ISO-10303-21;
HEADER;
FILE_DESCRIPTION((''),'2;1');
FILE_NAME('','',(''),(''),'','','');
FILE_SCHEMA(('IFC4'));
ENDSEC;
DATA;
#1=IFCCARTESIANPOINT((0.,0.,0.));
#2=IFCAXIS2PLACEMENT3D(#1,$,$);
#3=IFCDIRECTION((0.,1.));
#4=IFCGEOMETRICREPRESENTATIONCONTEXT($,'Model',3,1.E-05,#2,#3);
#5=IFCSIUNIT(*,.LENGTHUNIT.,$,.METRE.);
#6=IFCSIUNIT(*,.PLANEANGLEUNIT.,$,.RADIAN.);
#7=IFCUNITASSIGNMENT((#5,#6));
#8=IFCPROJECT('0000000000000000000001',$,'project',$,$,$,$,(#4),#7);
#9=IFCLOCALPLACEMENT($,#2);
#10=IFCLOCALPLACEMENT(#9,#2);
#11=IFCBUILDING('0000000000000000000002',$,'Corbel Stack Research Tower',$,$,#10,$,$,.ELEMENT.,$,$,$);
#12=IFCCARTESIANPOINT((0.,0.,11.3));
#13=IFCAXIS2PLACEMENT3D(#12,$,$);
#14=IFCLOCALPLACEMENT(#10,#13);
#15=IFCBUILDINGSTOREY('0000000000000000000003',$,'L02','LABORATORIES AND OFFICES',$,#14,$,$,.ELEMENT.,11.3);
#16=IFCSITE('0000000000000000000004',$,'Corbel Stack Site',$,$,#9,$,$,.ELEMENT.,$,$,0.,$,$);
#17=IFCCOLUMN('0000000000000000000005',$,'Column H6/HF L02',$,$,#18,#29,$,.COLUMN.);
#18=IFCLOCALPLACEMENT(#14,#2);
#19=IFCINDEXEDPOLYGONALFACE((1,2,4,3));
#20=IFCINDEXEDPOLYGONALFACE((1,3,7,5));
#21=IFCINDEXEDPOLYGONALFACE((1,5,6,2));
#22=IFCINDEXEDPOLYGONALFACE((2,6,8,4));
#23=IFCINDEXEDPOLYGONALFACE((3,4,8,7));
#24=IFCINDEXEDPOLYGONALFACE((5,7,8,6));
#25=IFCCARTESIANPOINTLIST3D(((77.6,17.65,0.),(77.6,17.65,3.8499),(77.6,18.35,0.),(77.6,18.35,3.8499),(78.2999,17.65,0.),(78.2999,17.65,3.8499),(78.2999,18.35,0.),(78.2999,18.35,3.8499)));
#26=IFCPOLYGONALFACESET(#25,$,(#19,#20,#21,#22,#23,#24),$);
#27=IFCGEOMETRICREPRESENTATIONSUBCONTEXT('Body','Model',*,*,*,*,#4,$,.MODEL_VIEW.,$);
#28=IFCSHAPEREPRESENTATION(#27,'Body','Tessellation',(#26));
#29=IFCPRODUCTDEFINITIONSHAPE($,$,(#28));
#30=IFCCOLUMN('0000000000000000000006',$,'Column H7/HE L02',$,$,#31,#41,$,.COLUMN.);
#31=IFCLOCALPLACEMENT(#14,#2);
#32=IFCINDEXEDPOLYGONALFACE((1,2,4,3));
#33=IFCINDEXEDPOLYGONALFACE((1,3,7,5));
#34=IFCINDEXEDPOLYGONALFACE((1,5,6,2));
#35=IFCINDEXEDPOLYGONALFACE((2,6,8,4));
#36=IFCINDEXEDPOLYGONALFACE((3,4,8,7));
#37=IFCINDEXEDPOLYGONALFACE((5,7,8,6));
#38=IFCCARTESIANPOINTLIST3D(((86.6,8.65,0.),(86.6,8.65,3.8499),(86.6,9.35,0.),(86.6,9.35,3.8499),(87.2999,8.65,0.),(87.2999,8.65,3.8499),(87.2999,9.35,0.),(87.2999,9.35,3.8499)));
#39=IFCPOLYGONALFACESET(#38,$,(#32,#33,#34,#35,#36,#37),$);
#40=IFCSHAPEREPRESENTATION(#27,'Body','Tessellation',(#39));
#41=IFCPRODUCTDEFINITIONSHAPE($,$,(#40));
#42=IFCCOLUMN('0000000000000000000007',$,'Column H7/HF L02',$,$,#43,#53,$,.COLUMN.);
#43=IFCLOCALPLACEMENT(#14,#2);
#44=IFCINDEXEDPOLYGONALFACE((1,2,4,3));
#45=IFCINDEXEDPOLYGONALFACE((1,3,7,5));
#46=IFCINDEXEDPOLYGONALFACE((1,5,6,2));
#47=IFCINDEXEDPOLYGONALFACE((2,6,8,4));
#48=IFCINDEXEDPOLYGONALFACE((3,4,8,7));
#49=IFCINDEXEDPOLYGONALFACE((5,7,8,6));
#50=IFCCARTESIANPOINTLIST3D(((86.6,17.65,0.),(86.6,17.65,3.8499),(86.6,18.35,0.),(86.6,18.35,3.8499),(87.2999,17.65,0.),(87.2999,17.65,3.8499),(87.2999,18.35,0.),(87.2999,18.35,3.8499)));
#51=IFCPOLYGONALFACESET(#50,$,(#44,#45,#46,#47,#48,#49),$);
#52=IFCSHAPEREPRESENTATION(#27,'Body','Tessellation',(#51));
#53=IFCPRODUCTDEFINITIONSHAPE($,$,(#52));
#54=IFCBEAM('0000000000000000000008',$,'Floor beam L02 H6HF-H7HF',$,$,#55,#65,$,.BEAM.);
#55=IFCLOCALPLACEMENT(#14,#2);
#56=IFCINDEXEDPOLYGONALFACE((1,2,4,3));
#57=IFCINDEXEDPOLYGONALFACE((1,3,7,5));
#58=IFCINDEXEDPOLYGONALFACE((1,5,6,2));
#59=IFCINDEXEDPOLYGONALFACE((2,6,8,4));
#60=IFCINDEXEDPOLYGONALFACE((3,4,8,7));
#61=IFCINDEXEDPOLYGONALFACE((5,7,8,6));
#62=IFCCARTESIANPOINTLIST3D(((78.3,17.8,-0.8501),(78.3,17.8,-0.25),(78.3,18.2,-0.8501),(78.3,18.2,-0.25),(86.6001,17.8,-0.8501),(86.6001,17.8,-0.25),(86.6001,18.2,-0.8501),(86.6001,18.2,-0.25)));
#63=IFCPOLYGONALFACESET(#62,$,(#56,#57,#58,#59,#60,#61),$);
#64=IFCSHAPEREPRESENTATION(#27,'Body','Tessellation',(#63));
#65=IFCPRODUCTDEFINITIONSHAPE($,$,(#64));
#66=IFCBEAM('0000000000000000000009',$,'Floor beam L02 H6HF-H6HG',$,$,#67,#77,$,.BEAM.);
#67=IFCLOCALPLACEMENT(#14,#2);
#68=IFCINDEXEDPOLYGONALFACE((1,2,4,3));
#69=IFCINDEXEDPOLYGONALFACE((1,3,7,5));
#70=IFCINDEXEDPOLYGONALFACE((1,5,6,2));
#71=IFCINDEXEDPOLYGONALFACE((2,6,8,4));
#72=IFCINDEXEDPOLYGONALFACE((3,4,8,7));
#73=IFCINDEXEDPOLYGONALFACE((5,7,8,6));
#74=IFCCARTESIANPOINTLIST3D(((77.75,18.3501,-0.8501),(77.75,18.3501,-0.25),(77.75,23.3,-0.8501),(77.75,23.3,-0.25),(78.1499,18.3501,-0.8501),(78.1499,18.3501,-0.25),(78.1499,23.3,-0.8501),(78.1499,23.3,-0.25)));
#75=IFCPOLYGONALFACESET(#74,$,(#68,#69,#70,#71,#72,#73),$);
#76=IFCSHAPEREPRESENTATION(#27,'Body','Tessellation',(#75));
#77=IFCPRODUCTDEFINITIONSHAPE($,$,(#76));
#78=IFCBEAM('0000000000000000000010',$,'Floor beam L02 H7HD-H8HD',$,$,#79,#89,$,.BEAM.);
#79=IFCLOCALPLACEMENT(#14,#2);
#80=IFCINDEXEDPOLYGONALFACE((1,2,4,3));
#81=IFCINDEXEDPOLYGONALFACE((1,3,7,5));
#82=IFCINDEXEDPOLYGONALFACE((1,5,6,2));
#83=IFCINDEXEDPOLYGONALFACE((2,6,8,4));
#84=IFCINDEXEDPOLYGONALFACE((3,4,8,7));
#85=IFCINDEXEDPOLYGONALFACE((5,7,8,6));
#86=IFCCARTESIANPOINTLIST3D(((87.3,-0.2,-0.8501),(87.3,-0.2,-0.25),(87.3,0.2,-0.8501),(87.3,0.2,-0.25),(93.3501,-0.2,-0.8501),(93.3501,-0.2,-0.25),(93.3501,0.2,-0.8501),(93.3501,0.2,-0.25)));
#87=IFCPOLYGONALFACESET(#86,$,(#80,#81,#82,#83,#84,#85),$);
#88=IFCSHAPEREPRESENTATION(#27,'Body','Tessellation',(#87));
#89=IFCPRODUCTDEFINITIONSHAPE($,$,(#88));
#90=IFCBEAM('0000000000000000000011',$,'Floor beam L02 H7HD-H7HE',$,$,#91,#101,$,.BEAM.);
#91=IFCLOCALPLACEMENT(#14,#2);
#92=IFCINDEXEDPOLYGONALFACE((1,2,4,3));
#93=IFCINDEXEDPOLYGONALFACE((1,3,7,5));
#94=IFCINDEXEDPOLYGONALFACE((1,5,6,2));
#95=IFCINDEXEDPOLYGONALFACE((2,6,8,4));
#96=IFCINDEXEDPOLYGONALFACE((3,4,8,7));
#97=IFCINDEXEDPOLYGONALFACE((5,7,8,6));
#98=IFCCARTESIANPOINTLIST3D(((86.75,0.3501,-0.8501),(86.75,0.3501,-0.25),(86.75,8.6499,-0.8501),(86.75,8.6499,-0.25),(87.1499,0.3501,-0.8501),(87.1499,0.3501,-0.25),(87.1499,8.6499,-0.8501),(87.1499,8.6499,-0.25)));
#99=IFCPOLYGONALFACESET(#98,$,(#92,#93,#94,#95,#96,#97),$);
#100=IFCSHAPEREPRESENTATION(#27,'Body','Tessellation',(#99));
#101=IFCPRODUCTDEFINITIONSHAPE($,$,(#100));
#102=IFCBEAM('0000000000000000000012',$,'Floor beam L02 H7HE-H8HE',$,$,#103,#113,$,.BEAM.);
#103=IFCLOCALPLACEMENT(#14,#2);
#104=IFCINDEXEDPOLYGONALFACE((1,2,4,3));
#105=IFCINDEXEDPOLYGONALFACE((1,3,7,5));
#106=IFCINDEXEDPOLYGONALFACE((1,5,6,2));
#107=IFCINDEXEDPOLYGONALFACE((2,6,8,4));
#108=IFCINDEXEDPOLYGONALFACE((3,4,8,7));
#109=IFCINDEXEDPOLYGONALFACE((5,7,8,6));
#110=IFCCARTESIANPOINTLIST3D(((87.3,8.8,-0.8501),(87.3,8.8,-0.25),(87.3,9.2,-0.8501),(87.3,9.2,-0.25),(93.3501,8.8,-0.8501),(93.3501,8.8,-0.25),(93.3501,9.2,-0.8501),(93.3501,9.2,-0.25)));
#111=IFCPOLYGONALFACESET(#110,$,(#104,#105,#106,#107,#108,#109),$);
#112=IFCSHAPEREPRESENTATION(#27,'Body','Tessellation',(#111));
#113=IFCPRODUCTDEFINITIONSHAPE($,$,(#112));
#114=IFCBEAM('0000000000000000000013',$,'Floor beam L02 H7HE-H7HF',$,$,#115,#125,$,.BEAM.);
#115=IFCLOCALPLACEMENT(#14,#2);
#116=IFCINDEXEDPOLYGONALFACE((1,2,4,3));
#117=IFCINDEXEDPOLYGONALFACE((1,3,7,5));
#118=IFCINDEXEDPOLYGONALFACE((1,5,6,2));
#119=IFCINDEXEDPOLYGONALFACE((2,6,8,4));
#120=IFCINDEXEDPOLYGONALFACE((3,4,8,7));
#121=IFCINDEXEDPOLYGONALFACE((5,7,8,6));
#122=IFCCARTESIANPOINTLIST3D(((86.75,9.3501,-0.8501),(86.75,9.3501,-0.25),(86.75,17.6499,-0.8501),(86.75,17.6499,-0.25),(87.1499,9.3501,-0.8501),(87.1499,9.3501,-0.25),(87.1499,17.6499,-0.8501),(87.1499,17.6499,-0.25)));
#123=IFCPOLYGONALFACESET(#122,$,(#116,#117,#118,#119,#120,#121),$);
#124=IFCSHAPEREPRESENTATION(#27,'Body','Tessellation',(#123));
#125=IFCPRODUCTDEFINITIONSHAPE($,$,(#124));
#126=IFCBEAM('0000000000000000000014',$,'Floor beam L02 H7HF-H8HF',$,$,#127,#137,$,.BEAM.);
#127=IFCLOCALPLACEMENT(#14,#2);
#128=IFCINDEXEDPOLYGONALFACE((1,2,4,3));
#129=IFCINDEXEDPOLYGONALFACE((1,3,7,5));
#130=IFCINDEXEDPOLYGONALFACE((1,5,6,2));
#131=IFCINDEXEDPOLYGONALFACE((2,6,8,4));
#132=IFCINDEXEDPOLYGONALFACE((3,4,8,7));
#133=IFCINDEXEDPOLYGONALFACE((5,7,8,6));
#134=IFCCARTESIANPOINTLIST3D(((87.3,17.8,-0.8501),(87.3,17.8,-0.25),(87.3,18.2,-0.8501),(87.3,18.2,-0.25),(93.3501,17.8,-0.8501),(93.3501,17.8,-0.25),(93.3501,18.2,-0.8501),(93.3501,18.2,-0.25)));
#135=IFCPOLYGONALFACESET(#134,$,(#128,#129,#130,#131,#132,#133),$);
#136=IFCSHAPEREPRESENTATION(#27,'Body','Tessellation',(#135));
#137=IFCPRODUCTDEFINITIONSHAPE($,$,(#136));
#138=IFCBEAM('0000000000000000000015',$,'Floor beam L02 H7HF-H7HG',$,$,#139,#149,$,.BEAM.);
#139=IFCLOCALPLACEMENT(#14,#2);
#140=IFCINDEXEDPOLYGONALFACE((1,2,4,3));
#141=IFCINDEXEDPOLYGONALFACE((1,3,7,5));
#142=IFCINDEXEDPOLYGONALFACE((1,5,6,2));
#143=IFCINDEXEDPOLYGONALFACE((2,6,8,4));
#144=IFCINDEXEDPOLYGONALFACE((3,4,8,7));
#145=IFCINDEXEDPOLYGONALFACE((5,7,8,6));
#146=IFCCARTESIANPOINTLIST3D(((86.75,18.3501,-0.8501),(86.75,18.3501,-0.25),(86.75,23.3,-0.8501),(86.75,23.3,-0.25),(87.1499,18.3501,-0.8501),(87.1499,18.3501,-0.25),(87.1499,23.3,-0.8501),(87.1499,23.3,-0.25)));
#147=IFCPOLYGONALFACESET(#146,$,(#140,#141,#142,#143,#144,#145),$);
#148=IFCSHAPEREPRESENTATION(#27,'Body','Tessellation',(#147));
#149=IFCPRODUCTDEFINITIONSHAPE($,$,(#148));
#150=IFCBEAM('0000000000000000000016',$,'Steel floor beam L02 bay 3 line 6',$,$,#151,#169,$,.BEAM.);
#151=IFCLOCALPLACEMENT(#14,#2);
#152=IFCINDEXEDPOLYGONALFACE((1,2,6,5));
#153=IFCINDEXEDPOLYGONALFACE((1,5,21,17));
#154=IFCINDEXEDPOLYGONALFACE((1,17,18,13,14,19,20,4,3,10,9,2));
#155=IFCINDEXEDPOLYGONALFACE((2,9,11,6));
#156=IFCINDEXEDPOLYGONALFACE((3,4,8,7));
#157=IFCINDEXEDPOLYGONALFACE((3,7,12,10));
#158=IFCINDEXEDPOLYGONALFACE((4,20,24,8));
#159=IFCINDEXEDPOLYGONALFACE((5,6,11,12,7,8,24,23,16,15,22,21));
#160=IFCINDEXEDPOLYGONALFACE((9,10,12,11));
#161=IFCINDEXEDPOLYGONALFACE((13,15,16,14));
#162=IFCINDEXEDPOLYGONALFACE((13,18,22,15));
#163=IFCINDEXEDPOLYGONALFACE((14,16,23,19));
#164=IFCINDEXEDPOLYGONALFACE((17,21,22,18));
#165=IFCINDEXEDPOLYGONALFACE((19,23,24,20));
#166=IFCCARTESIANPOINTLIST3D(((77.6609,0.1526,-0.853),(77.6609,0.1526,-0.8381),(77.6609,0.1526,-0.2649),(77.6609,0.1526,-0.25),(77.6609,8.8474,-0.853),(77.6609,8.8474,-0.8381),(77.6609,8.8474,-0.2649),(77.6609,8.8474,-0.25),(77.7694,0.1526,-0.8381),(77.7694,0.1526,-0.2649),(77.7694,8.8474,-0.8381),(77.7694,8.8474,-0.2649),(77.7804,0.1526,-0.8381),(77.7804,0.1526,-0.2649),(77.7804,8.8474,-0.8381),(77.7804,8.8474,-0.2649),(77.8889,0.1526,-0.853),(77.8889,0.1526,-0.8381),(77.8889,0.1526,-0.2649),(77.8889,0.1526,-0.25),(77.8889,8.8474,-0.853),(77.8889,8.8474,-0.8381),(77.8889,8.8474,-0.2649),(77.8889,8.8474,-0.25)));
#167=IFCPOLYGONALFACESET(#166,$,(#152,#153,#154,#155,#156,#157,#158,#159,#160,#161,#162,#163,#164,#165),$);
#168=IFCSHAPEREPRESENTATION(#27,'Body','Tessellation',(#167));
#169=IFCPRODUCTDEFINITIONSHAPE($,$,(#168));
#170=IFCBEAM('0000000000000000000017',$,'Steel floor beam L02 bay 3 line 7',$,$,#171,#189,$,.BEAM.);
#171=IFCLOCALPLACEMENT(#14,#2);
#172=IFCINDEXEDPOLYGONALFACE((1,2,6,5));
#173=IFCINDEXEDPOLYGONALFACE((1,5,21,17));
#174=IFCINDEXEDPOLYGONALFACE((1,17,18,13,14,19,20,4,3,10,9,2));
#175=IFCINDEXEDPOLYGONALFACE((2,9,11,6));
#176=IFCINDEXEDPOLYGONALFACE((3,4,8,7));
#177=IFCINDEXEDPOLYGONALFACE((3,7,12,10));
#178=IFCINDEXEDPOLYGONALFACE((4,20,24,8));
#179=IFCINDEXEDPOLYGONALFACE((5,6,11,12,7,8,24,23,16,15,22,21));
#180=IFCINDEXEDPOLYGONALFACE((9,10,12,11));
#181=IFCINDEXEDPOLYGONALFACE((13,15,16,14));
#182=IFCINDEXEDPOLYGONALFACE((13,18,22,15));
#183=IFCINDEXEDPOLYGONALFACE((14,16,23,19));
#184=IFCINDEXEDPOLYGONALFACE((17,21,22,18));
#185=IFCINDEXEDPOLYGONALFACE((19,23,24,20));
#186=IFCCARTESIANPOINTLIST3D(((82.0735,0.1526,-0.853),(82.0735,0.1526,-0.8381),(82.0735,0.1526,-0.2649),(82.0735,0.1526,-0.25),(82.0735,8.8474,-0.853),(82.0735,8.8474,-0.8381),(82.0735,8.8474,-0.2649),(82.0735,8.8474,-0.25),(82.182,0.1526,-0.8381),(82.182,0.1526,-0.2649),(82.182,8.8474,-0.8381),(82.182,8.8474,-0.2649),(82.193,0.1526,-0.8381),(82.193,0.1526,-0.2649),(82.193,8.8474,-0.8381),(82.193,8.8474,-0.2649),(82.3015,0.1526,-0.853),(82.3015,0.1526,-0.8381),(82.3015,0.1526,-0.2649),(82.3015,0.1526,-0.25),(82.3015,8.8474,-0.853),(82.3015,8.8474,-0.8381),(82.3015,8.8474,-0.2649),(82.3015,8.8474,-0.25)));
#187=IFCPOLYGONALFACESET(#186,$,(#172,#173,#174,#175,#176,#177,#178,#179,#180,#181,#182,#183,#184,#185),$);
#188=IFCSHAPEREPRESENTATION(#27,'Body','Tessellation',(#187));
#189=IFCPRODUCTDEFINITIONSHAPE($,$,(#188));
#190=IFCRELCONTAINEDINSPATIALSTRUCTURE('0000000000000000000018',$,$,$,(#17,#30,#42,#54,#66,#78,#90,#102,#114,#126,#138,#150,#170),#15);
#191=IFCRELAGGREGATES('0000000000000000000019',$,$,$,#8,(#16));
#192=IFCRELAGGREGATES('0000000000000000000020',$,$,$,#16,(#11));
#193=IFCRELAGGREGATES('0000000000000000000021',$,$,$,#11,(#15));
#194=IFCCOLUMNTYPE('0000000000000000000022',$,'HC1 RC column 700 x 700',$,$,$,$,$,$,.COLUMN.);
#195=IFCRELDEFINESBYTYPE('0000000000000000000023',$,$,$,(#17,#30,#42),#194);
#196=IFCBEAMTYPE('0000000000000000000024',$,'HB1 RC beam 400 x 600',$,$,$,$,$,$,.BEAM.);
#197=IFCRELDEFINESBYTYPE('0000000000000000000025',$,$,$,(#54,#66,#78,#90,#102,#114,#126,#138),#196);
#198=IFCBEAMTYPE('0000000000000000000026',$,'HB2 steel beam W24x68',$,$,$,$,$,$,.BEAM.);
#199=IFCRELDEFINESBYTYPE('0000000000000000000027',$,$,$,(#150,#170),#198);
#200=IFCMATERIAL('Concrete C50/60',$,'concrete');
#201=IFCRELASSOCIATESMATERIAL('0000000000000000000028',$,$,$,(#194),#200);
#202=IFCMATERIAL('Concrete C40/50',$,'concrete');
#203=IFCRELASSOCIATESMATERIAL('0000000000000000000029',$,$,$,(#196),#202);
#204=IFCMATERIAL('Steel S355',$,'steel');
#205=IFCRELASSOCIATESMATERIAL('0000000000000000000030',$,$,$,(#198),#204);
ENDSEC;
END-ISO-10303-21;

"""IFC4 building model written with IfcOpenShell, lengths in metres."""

from ifc_helpers import new_model, si_unit, direction, frame, origin, origin_2d, place, context, subcontext, project, spatial, rectangle, i_section, extrude, material, material_profile, profile_set, type_object, element, save


model = new_model("IFC4")

# Units and contexts
model_context = context("Model", 3, precision=1e-05, world=origin(), true_north=direction((0.0, 1.0)))
body_context = subcontext(model_context, "Body", "Model", "MODEL_VIEW")
ifc_project = project(units=[si_unit("LENGTHUNIT", "METRE"), si_unit("PLANEANGLEUNIT", "RADIAN")], contexts=[model_context])

# Site, building, storey
site_placement = place(None, origin())
site = spatial("IfcSite", under=ifc_project, at=site_placement, Name="Corbel Stack Site", CompositionType="ELEMENT", RefElevation=0.0)
building_placement = place(site_placement, origin())
building = spatial("IfcBuilding", under=site, at=building_placement, Name="Corbel Stack Research Tower", CompositionType="ELEMENT")
storey_placement = place(building_placement, frame((0.0, 0.0, 11.3)))
storey = spatial("IfcBuildingStorey", under=building, at=storey_placement, Name="L02", Description="LABORATORIES AND OFFICES", CompositionType="ELEMENT", Elevation=11.3)

# Columns
ifc_material_1 = material(Name="Concrete C50/60", Category="concrete")
ifc_material_profile_1 = material_profile(ifc_material_1, rectangle(XDim=0.7, YDim=0.7, at=origin_2d()), Name="RC 700 x 700")
ifc_profile_set_1 = profile_set([ifc_material_profile_1], Name="Concrete C50/60")
column_type = type_object("IfcColumnType", Name="HC1 RC column 700 x 700", PredefinedType="COLUMN", material=ifc_profile_set_1)
for number, where, z_axis, x_axis, name in (
    (1, (77.95, 18.0, 0.0), (0.0, 0.0, 1.0), (1.0, 0.0, 0.0), "Column H6/HF L02"),
    (2, (86.95, 9.0, 0.0), (0.0, 0.0, 1.0), (1.0, 0.0, 0.0), "Column H7/HE L02"),
    (3, (86.95, 18.0, 0.0), (0.0, 0.0, 1.0), (1.0, 0.0, 0.0), "Column H7/HF L02"),
):
    element("IfcColumn", number, at=place(storey_placement, frame(where, z_axis=z_axis, x_axis=x_axis)), inside=storey, type_object=column_type, Name=name, PredefinedType="COLUMN", context=body_context, shape_type="SweptSolid", body=[
        extrude(rectangle(XDim=0.7, YDim=0.7, at=origin_2d()), origin(), (0.0, 0.0, 1.0), 3.8499),
    ])

# Beams
ifc_material_2 = material(Name="Concrete C40/50", Category="concrete")
ifc_material_profile_2 = material_profile(ifc_material_2, rectangle(XDim=0.3999, YDim=0.6001, at=origin_2d()), Name="RC 400 x 600")
ifc_profile_set_2 = profile_set([ifc_material_profile_2], Name="Concrete C40/50")
beam_type_1 = type_object("IfcBeamType", Name="HB1 RC beam 400 x 600", PredefinedType="BEAM", material=ifc_profile_set_2)
beam_1_placement = place(storey_placement, frame((78.3, 18.0, -0.55), z_axis=(1.0, 0.0, 0.0), x_axis=(0.0, 1.0, 0.0)))
element("IfcBeam", 4, at=beam_1_placement, inside=storey, type_object=beam_type_1, Name="Floor beam L02 H6HF-H7HF", PredefinedType="BEAM", context=body_context, shape_type="SweptSolid", body=[
    extrude(rectangle(XDim=0.3999, YDim=0.6001, at=origin_2d()), origin(), (0.0, 0.0, 1.0), 8.3),
])
beam_2_placement = place(storey_placement, frame((77.95, 18.3501, -0.55), z_axis=(0.0, 1.0, 0.0), x_axis=(-1.0, 0.0, 0.0)))
element("IfcBeam", 5, at=beam_2_placement, inside=storey, type_object=beam_type_1, Name="Floor beam L02 H6HF-H6HG", PredefinedType="BEAM", context=body_context, shape_type="SweptSolid", body=[
    extrude(rectangle(XDim=0.3999, YDim=0.6001, at=origin_2d()), origin(), (0.0, 0.0, 1.0), 4.95),
])
beam_3_placement = place(storey_placement, frame((87.3, 0.0, -0.55), z_axis=(1.0, 0.0, 0.0), x_axis=(0.0, 1.0, 0.0)))
element("IfcBeam", 6, at=beam_3_placement, inside=storey, type_object=beam_type_1, Name="Floor beam L02 H7HD-H8HD", PredefinedType="BEAM", context=body_context, shape_type="SweptSolid", body=[
    extrude(rectangle(XDim=0.3999, YDim=0.6001, at=origin_2d()), origin(), (0.0, 0.0, 1.0), 6.05),
])
beam_4_placement = place(storey_placement, frame((86.95, 0.3501, -0.55), z_axis=(0.0, 1.0, 0.0), x_axis=(-1.0, 0.0, 0.0)))
element("IfcBeam", 7, at=beam_4_placement, inside=storey, type_object=beam_type_1, Name="Floor beam L02 H7HD-H7HE", PredefinedType="BEAM", context=body_context, shape_type="SweptSolid", body=[
    extrude(rectangle(XDim=0.3999, YDim=0.6001, at=origin_2d()), origin(), (0.0, 0.0, 1.0), 8.2998),
])
beam_5_placement = place(storey_placement, frame((87.3, 9.0, -0.55), z_axis=(1.0, 0.0, 0.0), x_axis=(0.0, 1.0, 0.0)))
element("IfcBeam", 8, at=beam_5_placement, inside=storey, type_object=beam_type_1, Name="Floor beam L02 H7HE-H8HE", PredefinedType="BEAM", context=body_context, shape_type="SweptSolid", body=[
    extrude(rectangle(XDim=0.3999, YDim=0.6001, at=origin_2d()), origin(), (0.0, 0.0, 1.0), 6.05),
])
beam_6_placement = place(storey_placement, frame((86.95, 9.3501, -0.55), z_axis=(0.0, 1.0, 0.0), x_axis=(-1.0, 0.0, 0.0)))
element("IfcBeam", 9, at=beam_6_placement, inside=storey, type_object=beam_type_1, Name="Floor beam L02 H7HE-H7HF", PredefinedType="BEAM", context=body_context, shape_type="SweptSolid", body=[
    extrude(rectangle(XDim=0.3999, YDim=0.6001, at=origin_2d()), origin(), (0.0, 0.0, 1.0), 8.2998),
])
beam_7_placement = place(storey_placement, frame((87.3, 18.0, -0.55), z_axis=(1.0, 0.0, 0.0), x_axis=(0.0, 1.0, 0.0)))
element("IfcBeam", 10, at=beam_7_placement, inside=storey, type_object=beam_type_1, Name="Floor beam L02 H7HF-H8HF", PredefinedType="BEAM", context=body_context, shape_type="SweptSolid", body=[
    extrude(rectangle(XDim=0.3999, YDim=0.6001, at=origin_2d()), origin(), (0.0, 0.0, 1.0), 6.05),
])
beam_8_placement = place(storey_placement, frame((86.95, 18.3501, -0.55), z_axis=(0.0, 1.0, 0.0), x_axis=(-1.0, 0.0, 0.0)))
element("IfcBeam", 11, at=beam_8_placement, inside=storey, type_object=beam_type_1, Name="Floor beam L02 H7HF-H7HG", PredefinedType="BEAM", context=body_context, shape_type="SweptSolid", body=[
    extrude(rectangle(XDim=0.3999, YDim=0.6001, at=origin_2d()), origin(), (0.0, 0.0, 1.0), 4.95),
])
ifc_material_3 = material(Name="Steel S355", Category="steel")
ifc_material_profile_3 = material_profile(ifc_material_3, i_section(OverallWidth=0.228, OverallDepth=0.603, WebThickness=0.011, FlangeThickness=0.0149, at=origin_2d()), Name="W24x68")
ifc_profile_set_3 = profile_set([ifc_material_profile_3], Name="Steel S355")
beam_type_2 = type_object("IfcBeamType", Name="HB2 steel beam W24x68", PredefinedType="BEAM", material=ifc_profile_set_3)
for number, where, z_axis, x_axis, name in (
    (12, (77.7749, 0.1526, -0.5515), (0.0, 1.0, 0.0), (-1.0, 0.0, 0.0), "Steel floor beam L02 bay 3 line 6"),
    (13, (82.1875, 0.1526, -0.5515), (0.0, 1.0, 0.0), (-1.0, 0.0, 0.0), "Steel floor beam L02 bay 3 line 7"),
):
    element("IfcBeam", number, at=place(storey_placement, frame(where, z_axis=z_axis, x_axis=x_axis)), inside=storey, type_object=beam_type_2, Name=name, PredefinedType="BEAM", context=body_context, shape_type="SweptSolid", body=[
        extrude(i_section(OverallWidth=0.228, OverallDepth=0.603, WebThickness=0.011, FlangeThickness=0.0149, at=origin_2d()), origin(), (0.0, 0.0, 1.0), 8.6948),
    ])

save(model, "model.ifc")
